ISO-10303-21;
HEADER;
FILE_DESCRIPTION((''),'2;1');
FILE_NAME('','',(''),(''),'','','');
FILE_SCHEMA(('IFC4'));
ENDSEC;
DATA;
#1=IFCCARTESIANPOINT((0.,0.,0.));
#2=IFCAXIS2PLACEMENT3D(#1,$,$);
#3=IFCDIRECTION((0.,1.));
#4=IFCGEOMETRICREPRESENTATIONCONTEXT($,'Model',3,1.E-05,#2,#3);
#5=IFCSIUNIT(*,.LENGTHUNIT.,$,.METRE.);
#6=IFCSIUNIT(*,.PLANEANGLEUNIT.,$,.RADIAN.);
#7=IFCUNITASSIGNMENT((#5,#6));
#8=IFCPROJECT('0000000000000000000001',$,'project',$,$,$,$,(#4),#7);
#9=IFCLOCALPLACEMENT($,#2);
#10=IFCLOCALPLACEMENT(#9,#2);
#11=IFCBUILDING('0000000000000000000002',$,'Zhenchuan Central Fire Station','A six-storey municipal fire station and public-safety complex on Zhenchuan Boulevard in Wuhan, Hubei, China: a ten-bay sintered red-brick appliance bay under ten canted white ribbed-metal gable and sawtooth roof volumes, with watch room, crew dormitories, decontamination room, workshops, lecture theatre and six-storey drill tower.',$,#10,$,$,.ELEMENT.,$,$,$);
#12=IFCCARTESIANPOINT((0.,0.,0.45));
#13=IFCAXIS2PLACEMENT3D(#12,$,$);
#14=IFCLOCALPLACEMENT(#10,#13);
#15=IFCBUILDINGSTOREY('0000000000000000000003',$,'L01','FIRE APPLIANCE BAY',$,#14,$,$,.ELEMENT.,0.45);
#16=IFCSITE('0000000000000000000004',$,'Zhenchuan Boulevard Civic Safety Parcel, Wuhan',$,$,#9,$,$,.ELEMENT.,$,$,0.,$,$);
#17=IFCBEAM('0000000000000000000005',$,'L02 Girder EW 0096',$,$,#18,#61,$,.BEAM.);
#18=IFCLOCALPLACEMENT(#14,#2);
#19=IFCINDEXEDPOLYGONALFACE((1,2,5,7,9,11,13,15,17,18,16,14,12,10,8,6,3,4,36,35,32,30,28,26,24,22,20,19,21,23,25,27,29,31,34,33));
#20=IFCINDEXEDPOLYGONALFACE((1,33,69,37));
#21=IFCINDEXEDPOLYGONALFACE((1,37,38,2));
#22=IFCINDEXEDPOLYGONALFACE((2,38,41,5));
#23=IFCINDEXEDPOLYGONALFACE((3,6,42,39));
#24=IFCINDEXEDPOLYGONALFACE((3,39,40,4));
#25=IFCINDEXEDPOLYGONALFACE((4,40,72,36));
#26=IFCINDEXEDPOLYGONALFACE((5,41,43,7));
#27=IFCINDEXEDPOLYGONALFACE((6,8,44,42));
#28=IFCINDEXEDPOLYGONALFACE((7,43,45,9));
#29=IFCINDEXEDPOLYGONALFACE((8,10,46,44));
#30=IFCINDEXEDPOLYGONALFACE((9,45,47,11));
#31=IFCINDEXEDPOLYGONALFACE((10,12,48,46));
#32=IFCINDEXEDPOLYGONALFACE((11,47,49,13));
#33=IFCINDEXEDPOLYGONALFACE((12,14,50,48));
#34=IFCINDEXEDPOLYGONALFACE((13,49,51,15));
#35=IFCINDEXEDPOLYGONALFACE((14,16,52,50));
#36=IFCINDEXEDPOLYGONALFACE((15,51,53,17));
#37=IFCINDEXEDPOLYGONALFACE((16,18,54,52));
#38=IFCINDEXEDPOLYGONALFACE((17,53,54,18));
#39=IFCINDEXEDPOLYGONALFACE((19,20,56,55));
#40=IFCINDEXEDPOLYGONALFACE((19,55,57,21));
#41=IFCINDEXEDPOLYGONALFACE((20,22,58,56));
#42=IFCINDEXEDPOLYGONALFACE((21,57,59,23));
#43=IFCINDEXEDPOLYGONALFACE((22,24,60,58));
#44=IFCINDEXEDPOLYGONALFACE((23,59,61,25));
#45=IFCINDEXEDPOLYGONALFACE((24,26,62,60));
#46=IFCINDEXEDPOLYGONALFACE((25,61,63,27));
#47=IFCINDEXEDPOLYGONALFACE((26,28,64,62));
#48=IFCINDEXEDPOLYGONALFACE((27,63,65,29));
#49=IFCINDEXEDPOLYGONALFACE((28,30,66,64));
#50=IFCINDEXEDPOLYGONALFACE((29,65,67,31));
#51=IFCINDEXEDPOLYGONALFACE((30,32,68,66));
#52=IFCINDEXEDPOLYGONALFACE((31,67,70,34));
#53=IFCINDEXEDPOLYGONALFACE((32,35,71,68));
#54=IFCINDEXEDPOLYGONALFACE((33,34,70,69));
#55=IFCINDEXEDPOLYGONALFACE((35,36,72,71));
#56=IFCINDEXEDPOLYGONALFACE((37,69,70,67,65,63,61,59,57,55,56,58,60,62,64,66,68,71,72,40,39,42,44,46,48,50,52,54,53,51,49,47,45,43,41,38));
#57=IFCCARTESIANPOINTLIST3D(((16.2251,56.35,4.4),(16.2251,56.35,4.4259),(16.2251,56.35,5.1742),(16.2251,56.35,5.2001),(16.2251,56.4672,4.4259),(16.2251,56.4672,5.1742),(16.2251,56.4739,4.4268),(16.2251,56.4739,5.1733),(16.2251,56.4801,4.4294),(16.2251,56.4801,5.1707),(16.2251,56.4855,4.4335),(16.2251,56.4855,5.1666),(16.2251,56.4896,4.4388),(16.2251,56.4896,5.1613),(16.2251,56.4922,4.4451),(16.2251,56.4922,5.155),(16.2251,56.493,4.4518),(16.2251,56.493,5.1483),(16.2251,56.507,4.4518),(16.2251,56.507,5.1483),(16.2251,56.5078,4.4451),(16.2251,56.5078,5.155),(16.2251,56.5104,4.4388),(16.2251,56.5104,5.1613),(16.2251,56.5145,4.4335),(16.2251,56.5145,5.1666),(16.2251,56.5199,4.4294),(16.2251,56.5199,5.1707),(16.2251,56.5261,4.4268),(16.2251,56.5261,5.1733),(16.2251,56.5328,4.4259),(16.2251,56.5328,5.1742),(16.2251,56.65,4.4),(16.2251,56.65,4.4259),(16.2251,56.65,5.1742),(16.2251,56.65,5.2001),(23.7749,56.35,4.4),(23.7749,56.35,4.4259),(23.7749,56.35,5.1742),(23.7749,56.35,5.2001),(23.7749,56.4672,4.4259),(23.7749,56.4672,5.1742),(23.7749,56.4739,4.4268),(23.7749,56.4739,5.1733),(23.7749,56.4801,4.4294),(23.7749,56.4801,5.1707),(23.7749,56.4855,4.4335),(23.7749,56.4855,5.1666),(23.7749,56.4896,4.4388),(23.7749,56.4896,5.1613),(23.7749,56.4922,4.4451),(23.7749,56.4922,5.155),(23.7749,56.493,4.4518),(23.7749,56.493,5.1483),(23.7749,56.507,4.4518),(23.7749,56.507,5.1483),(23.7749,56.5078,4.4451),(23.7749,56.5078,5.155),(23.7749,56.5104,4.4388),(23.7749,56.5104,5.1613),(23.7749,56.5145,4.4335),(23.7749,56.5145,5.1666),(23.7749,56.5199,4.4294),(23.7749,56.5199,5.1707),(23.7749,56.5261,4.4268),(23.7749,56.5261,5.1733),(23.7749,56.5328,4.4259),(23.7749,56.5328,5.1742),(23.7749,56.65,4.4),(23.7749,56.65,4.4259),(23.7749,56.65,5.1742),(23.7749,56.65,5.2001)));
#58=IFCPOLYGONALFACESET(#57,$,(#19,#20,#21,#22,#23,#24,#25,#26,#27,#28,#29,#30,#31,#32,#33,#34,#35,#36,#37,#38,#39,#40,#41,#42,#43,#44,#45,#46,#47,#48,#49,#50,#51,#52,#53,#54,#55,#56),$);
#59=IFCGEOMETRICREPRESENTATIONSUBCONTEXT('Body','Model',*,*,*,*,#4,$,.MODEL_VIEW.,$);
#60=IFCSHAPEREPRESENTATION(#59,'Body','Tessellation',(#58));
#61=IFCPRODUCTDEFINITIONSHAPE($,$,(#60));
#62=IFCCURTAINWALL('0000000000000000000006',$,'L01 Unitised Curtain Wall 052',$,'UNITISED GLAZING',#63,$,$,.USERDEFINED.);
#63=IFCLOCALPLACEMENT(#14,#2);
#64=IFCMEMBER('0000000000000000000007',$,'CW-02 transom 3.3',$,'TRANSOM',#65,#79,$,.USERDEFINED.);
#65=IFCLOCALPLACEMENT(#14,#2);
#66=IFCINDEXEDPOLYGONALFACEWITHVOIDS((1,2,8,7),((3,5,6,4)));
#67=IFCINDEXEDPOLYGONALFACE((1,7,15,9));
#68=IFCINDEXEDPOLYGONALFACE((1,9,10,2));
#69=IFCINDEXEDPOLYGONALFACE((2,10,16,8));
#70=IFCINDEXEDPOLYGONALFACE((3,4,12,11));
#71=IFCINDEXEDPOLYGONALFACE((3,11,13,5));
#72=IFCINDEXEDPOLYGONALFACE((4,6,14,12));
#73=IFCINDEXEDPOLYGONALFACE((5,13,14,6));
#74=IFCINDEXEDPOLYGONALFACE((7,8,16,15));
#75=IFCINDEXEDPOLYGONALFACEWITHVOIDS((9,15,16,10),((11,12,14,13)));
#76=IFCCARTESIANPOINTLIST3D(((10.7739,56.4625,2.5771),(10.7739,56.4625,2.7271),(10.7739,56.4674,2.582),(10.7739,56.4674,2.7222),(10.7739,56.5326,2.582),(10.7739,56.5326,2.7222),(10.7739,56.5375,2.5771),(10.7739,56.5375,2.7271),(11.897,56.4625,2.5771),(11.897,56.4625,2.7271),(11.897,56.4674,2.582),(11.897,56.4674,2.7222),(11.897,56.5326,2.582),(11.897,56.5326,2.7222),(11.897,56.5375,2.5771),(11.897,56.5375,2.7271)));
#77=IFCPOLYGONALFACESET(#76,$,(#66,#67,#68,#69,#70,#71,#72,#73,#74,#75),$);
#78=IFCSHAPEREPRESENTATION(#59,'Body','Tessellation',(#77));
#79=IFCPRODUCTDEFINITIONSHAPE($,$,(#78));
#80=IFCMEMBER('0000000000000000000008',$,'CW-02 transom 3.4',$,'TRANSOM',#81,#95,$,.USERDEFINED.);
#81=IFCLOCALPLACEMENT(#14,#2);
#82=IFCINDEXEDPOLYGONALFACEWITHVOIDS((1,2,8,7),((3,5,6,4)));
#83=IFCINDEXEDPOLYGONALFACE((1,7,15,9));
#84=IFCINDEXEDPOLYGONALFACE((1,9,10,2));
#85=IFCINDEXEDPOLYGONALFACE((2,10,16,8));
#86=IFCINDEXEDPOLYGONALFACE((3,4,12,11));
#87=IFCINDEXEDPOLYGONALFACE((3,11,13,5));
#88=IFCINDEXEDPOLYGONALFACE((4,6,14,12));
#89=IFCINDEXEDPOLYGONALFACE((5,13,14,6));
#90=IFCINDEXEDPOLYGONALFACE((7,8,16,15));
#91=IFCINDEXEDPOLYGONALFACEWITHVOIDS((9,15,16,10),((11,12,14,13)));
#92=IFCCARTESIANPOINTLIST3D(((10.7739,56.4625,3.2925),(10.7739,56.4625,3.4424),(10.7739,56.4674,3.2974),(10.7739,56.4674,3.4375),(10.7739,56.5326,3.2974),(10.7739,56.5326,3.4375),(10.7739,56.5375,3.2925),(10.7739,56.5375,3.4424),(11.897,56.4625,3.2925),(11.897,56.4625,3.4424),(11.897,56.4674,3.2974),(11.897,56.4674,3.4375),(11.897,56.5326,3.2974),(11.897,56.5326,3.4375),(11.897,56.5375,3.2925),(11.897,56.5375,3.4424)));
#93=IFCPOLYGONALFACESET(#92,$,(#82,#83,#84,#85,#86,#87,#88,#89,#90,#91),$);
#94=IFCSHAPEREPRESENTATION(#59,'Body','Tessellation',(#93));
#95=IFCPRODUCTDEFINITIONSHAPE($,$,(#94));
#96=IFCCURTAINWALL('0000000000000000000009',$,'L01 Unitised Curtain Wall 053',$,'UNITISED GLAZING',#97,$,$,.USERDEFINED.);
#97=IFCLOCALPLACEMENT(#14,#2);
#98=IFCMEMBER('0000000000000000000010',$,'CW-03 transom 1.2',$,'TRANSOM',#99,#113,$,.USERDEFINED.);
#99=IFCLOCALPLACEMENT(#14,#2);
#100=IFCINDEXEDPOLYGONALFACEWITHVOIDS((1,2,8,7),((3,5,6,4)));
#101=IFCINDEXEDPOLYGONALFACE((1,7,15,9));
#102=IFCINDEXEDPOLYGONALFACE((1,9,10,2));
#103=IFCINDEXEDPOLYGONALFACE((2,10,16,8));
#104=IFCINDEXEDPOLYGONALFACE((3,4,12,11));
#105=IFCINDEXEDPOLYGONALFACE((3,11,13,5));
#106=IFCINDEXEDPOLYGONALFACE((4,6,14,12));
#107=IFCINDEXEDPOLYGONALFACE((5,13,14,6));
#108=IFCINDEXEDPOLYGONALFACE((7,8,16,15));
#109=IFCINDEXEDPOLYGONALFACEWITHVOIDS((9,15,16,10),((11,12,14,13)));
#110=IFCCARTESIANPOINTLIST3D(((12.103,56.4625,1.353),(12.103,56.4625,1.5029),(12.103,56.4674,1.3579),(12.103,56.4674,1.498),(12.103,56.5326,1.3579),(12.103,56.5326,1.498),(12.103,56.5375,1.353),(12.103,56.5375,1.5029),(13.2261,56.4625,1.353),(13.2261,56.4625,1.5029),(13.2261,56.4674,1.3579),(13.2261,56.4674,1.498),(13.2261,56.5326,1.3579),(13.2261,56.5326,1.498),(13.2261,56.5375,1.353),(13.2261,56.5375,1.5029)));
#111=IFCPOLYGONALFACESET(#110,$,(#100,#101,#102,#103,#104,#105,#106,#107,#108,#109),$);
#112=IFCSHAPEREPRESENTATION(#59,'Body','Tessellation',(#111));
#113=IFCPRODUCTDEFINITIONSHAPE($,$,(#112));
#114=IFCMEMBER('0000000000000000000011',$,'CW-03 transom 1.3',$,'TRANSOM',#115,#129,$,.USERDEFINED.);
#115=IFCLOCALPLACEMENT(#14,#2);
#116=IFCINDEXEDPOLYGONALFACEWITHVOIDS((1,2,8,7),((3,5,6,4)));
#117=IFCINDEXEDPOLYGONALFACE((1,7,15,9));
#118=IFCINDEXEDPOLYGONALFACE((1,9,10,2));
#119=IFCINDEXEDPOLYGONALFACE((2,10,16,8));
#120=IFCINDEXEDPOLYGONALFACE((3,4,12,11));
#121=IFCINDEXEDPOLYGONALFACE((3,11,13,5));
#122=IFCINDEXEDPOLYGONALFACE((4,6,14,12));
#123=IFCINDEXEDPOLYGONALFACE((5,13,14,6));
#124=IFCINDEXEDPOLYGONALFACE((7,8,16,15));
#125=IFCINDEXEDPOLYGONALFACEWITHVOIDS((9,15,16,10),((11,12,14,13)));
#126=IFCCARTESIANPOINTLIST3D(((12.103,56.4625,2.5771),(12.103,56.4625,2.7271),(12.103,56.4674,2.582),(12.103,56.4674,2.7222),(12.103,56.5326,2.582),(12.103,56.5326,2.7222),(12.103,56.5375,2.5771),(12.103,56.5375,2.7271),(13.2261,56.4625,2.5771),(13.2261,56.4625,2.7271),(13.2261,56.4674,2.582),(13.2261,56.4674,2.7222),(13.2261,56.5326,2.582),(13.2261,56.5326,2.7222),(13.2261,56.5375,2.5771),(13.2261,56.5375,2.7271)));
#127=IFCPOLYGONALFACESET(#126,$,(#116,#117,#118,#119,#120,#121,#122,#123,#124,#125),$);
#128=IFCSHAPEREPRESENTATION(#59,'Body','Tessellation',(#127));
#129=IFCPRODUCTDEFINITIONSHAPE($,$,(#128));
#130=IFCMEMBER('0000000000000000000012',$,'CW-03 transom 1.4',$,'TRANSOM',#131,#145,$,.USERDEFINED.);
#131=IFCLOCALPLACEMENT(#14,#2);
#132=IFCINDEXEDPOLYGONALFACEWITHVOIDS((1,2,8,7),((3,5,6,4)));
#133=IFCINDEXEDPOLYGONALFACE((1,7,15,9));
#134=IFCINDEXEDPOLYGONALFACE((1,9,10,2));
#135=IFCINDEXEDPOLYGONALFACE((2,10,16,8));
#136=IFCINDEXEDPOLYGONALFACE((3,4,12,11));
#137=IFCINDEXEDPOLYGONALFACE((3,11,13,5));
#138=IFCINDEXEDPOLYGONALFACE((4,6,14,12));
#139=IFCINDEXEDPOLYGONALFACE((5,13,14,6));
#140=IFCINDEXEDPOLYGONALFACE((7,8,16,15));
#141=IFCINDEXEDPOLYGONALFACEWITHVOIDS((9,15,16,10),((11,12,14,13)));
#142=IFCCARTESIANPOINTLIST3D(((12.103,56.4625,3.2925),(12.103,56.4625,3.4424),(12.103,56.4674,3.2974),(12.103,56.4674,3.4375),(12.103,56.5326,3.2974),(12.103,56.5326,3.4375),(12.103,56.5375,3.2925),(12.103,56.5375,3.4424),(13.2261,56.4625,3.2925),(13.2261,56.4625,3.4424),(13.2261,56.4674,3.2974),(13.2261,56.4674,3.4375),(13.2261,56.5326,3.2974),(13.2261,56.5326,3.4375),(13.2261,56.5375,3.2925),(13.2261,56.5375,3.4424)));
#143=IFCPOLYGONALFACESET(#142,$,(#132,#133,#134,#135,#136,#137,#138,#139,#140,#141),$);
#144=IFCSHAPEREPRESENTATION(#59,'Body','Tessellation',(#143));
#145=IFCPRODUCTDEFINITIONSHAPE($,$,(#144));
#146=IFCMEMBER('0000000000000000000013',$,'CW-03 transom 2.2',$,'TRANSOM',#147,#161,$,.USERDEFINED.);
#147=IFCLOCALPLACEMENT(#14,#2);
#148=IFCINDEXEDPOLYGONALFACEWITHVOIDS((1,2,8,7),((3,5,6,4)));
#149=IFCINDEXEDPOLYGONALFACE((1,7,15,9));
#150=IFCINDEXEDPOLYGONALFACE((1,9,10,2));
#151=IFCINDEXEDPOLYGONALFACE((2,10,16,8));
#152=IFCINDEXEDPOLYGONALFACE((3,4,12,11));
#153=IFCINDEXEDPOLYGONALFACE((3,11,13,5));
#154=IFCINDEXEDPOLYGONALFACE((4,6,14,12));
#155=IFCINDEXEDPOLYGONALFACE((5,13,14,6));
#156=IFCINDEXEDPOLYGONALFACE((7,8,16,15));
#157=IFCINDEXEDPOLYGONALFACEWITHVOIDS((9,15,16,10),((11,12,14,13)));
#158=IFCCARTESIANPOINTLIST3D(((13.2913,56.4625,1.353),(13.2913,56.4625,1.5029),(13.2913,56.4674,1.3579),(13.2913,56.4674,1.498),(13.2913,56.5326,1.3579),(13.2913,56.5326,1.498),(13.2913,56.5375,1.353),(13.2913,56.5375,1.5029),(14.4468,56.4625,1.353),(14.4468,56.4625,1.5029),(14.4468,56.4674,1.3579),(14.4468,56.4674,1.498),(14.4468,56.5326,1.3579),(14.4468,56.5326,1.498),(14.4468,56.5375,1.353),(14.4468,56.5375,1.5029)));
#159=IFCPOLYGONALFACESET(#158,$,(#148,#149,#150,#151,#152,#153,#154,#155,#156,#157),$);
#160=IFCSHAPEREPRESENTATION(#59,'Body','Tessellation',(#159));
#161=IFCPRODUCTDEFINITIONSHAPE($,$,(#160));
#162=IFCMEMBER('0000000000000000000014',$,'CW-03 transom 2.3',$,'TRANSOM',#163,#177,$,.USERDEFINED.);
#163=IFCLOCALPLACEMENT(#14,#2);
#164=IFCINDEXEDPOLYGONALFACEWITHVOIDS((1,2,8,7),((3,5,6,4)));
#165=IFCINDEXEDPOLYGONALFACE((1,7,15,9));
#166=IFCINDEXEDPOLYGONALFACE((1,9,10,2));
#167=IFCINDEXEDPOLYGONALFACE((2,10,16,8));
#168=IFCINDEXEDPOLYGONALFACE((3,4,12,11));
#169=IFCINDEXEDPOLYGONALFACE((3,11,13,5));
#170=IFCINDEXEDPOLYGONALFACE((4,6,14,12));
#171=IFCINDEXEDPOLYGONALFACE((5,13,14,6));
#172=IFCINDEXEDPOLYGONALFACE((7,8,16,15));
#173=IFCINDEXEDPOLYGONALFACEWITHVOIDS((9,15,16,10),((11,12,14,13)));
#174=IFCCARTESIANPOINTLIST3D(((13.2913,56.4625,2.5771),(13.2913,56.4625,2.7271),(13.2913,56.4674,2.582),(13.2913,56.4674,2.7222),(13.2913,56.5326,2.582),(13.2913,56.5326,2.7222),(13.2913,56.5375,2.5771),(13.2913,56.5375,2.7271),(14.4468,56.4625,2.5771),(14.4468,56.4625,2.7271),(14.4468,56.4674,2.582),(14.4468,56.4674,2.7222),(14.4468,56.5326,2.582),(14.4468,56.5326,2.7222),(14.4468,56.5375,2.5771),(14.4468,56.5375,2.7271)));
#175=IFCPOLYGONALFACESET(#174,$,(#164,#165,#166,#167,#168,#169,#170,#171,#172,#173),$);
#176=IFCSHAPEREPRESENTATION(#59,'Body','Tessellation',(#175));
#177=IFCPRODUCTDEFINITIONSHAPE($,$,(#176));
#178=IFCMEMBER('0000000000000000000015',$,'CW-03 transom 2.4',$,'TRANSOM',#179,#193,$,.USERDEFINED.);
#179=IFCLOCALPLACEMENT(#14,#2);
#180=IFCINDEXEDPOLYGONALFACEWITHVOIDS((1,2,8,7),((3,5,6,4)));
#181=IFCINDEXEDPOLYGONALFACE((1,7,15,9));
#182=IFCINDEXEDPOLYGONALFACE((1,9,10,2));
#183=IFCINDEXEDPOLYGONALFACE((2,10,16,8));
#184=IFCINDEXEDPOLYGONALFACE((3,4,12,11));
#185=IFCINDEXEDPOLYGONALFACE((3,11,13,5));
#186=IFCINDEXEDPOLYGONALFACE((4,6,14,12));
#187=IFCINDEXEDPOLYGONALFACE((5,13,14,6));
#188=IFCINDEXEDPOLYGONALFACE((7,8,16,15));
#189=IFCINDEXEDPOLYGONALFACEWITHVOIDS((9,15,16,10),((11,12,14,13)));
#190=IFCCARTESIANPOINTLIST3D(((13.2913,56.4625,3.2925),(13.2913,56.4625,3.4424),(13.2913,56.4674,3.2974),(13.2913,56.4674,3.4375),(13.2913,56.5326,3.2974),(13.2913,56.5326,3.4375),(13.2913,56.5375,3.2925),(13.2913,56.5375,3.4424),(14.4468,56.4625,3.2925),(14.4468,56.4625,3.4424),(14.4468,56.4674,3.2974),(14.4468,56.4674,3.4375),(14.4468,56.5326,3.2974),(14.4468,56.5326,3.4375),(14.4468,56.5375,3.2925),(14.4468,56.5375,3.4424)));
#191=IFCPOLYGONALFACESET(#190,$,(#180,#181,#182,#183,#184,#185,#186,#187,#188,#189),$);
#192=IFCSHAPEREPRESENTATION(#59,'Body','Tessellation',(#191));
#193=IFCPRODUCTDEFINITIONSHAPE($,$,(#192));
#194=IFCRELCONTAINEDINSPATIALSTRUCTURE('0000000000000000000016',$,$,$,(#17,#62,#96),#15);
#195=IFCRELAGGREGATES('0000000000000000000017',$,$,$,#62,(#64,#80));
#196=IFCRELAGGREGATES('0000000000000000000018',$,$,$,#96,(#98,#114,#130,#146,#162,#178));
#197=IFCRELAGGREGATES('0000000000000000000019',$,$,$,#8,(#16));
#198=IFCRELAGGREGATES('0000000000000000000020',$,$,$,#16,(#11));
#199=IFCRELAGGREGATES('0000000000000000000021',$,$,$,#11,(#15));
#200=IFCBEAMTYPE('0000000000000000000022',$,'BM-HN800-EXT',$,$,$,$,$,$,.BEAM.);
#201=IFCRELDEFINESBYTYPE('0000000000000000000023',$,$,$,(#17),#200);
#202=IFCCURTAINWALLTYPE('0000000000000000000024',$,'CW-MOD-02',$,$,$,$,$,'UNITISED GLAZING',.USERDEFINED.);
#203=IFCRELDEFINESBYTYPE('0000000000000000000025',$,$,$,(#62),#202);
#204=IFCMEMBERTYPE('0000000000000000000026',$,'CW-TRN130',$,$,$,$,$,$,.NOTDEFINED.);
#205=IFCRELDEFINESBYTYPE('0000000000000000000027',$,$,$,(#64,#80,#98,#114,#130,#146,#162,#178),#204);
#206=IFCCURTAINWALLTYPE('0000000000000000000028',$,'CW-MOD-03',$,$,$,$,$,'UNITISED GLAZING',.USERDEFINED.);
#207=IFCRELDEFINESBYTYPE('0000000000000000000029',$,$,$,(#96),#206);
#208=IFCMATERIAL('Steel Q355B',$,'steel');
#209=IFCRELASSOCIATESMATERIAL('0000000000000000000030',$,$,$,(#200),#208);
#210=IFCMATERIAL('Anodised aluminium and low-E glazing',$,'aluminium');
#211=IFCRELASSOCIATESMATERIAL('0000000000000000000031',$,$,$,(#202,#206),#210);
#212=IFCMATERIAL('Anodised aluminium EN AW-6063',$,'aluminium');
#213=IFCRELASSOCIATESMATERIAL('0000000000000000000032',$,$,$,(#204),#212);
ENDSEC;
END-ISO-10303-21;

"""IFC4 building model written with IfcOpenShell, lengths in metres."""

from ifc_helpers import new_model, si_unit, direction, frame, origin, origin_2d, place, context, subcontext, project, spatial, hollow_rectangle, i_section, extrude, material, material_profile, profile_set, type_object, element, aggregate, save


model = new_model("IFC4")

# Units and contexts
model_context = context("Model", 3, precision=1e-05, world=origin(), true_north=direction((0.0, 1.0)))
body_context = subcontext(model_context, "Body", "Model", "MODEL_VIEW")
ifc_project = project(units=[si_unit("LENGTHUNIT", "METRE"), si_unit("PLANEANGLEUNIT", "RADIAN")], contexts=[model_context])

# Site, building, storey
site_placement = place(None, origin())
site = spatial("IfcSite", under=ifc_project, at=site_placement, Name="Zhenchuan Boulevard Civic Safety Parcel, Wuhan", CompositionType="ELEMENT", RefElevation=0.0)
building_placement = place(site_placement, origin())
building = spatial("IfcBuilding", under=site, at=building_placement, Name="Zhenchuan Central Fire Station", Description="A six-storey municipal fire station and public-safety complex on Zhenchuan Boulevard in Wuhan, Hubei, China: a ten-bay sintered red-brick appliance bay under ten canted white ribbed-metal gable and sawtooth roof volumes, with watch room, crew dormitories, decontamination room, workshops, lecture theatre and six-storey drill tower.", CompositionType="ELEMENT")
storey_placement = place(building_placement, frame((0.0, 0.0, 0.45)))
storey = spatial("IfcBuildingStorey", under=building, at=storey_placement, Name="L01", Description="FIRE APPLIANCE BAY", CompositionType="ELEMENT", Elevation=0.45)

# Beam
ifc_material_1 = material(Name="Steel Q355B", Category="steel")
ifc_material_profile_1 = material_profile(ifc_material_1, i_section(OverallWidth=0.3, OverallDepth=0.8, WebThickness=0.0139, FlangeThickness=0.0259, FilletRadius=0.0259, at=origin_2d()), Name="HN 800x300")
ifc_profile_set_1 = profile_set([ifc_material_profile_1], Name="Steel Q355B")
beam_type = type_object("IfcBeamType", Name="BM-HN800-EXT", PredefinedType="BEAM", material=ifc_profile_set_1)
beam_placement = place(storey_placement, frame((16.2251, 56.5, 4.8), z_axis=(1.0, 0.0, 0.0), x_axis=(0.0, 1.0, 0.0)))
element("IfcBeam", 1, at=beam_placement, inside=storey, type_object=beam_type, Name="L02 Girder EW 0096", PredefinedType="BEAM", context=body_context, shape_type="SweptSolid", body=[
    extrude(i_section(OverallWidth=0.3, OverallDepth=0.8, WebThickness=0.0139, FlangeThickness=0.0259, FilletRadius=0.0259, at=origin_2d()), origin(), (0.0, 0.0, 1.0), 7.5498),
])

# Curtain walls, members
ifc_material_2 = material(Name="Anodised aluminium and low-E glazing", Category="aluminium")
curtain_wall_type_1 = type_object("IfcCurtainWallType", Name="CW-MOD-02", ElementType="UNITISED GLAZING", PredefinedType="USERDEFINED", material=ifc_material_2)
curtain_wall_1_placement = place(storey_placement, origin())
curtain_wall_1 = element("IfcCurtainWall", 2, at=curtain_wall_1_placement, inside=storey, type_object=curtain_wall_type_1, Name="L01 Unitised Curtain Wall 052", ObjectType="UNITISED GLAZING", PredefinedType="USERDEFINED")
ifc_material_3 = material(Name="Anodised aluminium EN AW-6063", Category="aluminium")
ifc_material_profile_2 = material_profile(ifc_material_3, hollow_rectangle(XDim=0.075, YDim=0.1499, WallThickness=0.0049, at=origin_2d()), Name="ALU-T 150x75")
ifc_profile_set_2 = profile_set([ifc_material_profile_2], Name="Anodised aluminium EN AW-6063")
member_type = type_object("IfcMemberType", Name="CW-TRN130", PredefinedType="NOTDEFINED", material=ifc_profile_set_2)
member_1_placement = place(storey_placement, frame((10.7739, 56.5, 2.6521), z_axis=(1.0, 0.0, 0.0), x_axis=(0.0, 1.0, 0.0)))
member_1 = element("IfcMember", 3, at=member_1_placement, type_object=member_type, Name="CW-02 transom 3.3", ObjectType="TRANSOM", PredefinedType="USERDEFINED", context=body_context, shape_type="SweptSolid", body=[
    extrude(hollow_rectangle(XDim=0.075, YDim=0.1499, WallThickness=0.0049, at=origin_2d()), origin(), (0.0, 0.0, 1.0), 1.123),
])
member_2_placement = place(storey_placement, frame((10.7739, 56.5, 3.3674), z_axis=(1.0, 0.0, 0.0), x_axis=(0.0, 1.0, 0.0)))
member_2 = element("IfcMember", 4, at=member_2_placement, type_object=member_type, Name="CW-02 transom 3.4", ObjectType="TRANSOM", PredefinedType="USERDEFINED", context=body_context, shape_type="SweptSolid", body=[
    extrude(hollow_rectangle(XDim=0.075, YDim=0.1499, WallThickness=0.0049, at=origin_2d()), origin(), (0.0, 0.0, 1.0), 1.123),
])
curtain_wall_type_2 = type_object("IfcCurtainWallType", Name="CW-MOD-03", ElementType="UNITISED GLAZING", PredefinedType="USERDEFINED", material=ifc_material_2)
curtain_wall_2_placement = place(storey_placement, origin())
curtain_wall_2 = element("IfcCurtainWall", 5, at=curtain_wall_2_placement, inside=storey, type_object=curtain_wall_type_2, Name="L01 Unitised Curtain Wall 053", ObjectType="UNITISED GLAZING", PredefinedType="USERDEFINED")
member_3_placement = place(storey_placement, frame((12.103, 56.5, 1.428), z_axis=(1.0, 0.0, 0.0), x_axis=(0.0, 1.0, 0.0)))
member_3 = element("IfcMember", 6, at=member_3_placement, type_object=member_type, Name="CW-03 transom 1.2", ObjectType="TRANSOM", PredefinedType="USERDEFINED", context=body_context, shape_type="SweptSolid", body=[
    extrude(hollow_rectangle(XDim=0.075, YDim=0.1499, WallThickness=0.0049, at=origin_2d()), origin(), (0.0, 0.0, 1.0), 1.123),
])
member_4_placement = place(storey_placement, frame((12.103, 56.5, 2.6521), z_axis=(1.0, 0.0, 0.0), x_axis=(0.0, 1.0, 0.0)))
member_4 = element("IfcMember", 7, at=member_4_placement, type_object=member_type, Name="CW-03 transom 1.3", ObjectType="TRANSOM", PredefinedType="USERDEFINED", context=body_context, shape_type="SweptSolid", body=[
    extrude(hollow_rectangle(XDim=0.075, YDim=0.1499, WallThickness=0.0049, at=origin_2d()), origin(), (0.0, 0.0, 1.0), 1.123),
])
member_5_placement = place(storey_placement, frame((12.103, 56.5, 3.3674), z_axis=(1.0, 0.0, 0.0), x_axis=(0.0, 1.0, 0.0)))
member_5 = element("IfcMember", 8, at=member_5_placement, type_object=member_type, Name="CW-03 transom 1.4", ObjectType="TRANSOM", PredefinedType="USERDEFINED", context=body_context, shape_type="SweptSolid", body=[
    extrude(hollow_rectangle(XDim=0.075, YDim=0.1499, WallThickness=0.0049, at=origin_2d()), origin(), (0.0, 0.0, 1.0), 1.123),
])
member_6_placement = place(storey_placement, frame((13.2913, 56.5, 1.428), z_axis=(1.0, 0.0, 0.0), x_axis=(0.0, 1.0, 0.0)))
member_6 = element("IfcMember", 9, at=member_6_placement, type_object=member_type, Name="CW-03 transom 2.2", ObjectType="TRANSOM", PredefinedType="USERDEFINED", context=body_context, shape_type="SweptSolid", body=[
    extrude(hollow_rectangle(XDim=0.075, YDim=0.1499, WallThickness=0.0049, at=origin_2d()), origin(), (0.0, 0.0, 1.0), 1.1555),
])
member_7_placement = place(storey_placement, frame((13.2913, 56.5, 2.6521), z_axis=(1.0, 0.0, 0.0), x_axis=(0.0, 1.0, 0.0)))
member_7 = element("IfcMember", 10, at=member_7_placement, type_object=member_type, Name="CW-03 transom 2.3", ObjectType="TRANSOM", PredefinedType="USERDEFINED", context=body_context, shape_type="SweptSolid", body=[
    extrude(hollow_rectangle(XDim=0.075, YDim=0.1499, WallThickness=0.0049, at=origin_2d()), origin(), (0.0, 0.0, 1.0), 1.1555),
])
member_8_placement = place(storey_placement, frame((13.2913, 56.5, 3.3674), z_axis=(1.0, 0.0, 0.0), x_axis=(0.0, 1.0, 0.0)))
member_8 = element("IfcMember", 11, at=member_8_placement, type_object=member_type, Name="CW-03 transom 2.4", ObjectType="TRANSOM", PredefinedType="USERDEFINED", context=body_context, shape_type="SweptSolid", body=[
    extrude(hollow_rectangle(XDim=0.075, YDim=0.1499, WallThickness=0.0049, at=origin_2d()), origin(), (0.0, 0.0, 1.0), 1.1555),
])

aggregate(curtain_wall_1, [member_1, member_2])
aggregate(curtain_wall_2, [member_3, member_4, member_5, member_6, member_7, member_8])

save(model, "model.ifc")
